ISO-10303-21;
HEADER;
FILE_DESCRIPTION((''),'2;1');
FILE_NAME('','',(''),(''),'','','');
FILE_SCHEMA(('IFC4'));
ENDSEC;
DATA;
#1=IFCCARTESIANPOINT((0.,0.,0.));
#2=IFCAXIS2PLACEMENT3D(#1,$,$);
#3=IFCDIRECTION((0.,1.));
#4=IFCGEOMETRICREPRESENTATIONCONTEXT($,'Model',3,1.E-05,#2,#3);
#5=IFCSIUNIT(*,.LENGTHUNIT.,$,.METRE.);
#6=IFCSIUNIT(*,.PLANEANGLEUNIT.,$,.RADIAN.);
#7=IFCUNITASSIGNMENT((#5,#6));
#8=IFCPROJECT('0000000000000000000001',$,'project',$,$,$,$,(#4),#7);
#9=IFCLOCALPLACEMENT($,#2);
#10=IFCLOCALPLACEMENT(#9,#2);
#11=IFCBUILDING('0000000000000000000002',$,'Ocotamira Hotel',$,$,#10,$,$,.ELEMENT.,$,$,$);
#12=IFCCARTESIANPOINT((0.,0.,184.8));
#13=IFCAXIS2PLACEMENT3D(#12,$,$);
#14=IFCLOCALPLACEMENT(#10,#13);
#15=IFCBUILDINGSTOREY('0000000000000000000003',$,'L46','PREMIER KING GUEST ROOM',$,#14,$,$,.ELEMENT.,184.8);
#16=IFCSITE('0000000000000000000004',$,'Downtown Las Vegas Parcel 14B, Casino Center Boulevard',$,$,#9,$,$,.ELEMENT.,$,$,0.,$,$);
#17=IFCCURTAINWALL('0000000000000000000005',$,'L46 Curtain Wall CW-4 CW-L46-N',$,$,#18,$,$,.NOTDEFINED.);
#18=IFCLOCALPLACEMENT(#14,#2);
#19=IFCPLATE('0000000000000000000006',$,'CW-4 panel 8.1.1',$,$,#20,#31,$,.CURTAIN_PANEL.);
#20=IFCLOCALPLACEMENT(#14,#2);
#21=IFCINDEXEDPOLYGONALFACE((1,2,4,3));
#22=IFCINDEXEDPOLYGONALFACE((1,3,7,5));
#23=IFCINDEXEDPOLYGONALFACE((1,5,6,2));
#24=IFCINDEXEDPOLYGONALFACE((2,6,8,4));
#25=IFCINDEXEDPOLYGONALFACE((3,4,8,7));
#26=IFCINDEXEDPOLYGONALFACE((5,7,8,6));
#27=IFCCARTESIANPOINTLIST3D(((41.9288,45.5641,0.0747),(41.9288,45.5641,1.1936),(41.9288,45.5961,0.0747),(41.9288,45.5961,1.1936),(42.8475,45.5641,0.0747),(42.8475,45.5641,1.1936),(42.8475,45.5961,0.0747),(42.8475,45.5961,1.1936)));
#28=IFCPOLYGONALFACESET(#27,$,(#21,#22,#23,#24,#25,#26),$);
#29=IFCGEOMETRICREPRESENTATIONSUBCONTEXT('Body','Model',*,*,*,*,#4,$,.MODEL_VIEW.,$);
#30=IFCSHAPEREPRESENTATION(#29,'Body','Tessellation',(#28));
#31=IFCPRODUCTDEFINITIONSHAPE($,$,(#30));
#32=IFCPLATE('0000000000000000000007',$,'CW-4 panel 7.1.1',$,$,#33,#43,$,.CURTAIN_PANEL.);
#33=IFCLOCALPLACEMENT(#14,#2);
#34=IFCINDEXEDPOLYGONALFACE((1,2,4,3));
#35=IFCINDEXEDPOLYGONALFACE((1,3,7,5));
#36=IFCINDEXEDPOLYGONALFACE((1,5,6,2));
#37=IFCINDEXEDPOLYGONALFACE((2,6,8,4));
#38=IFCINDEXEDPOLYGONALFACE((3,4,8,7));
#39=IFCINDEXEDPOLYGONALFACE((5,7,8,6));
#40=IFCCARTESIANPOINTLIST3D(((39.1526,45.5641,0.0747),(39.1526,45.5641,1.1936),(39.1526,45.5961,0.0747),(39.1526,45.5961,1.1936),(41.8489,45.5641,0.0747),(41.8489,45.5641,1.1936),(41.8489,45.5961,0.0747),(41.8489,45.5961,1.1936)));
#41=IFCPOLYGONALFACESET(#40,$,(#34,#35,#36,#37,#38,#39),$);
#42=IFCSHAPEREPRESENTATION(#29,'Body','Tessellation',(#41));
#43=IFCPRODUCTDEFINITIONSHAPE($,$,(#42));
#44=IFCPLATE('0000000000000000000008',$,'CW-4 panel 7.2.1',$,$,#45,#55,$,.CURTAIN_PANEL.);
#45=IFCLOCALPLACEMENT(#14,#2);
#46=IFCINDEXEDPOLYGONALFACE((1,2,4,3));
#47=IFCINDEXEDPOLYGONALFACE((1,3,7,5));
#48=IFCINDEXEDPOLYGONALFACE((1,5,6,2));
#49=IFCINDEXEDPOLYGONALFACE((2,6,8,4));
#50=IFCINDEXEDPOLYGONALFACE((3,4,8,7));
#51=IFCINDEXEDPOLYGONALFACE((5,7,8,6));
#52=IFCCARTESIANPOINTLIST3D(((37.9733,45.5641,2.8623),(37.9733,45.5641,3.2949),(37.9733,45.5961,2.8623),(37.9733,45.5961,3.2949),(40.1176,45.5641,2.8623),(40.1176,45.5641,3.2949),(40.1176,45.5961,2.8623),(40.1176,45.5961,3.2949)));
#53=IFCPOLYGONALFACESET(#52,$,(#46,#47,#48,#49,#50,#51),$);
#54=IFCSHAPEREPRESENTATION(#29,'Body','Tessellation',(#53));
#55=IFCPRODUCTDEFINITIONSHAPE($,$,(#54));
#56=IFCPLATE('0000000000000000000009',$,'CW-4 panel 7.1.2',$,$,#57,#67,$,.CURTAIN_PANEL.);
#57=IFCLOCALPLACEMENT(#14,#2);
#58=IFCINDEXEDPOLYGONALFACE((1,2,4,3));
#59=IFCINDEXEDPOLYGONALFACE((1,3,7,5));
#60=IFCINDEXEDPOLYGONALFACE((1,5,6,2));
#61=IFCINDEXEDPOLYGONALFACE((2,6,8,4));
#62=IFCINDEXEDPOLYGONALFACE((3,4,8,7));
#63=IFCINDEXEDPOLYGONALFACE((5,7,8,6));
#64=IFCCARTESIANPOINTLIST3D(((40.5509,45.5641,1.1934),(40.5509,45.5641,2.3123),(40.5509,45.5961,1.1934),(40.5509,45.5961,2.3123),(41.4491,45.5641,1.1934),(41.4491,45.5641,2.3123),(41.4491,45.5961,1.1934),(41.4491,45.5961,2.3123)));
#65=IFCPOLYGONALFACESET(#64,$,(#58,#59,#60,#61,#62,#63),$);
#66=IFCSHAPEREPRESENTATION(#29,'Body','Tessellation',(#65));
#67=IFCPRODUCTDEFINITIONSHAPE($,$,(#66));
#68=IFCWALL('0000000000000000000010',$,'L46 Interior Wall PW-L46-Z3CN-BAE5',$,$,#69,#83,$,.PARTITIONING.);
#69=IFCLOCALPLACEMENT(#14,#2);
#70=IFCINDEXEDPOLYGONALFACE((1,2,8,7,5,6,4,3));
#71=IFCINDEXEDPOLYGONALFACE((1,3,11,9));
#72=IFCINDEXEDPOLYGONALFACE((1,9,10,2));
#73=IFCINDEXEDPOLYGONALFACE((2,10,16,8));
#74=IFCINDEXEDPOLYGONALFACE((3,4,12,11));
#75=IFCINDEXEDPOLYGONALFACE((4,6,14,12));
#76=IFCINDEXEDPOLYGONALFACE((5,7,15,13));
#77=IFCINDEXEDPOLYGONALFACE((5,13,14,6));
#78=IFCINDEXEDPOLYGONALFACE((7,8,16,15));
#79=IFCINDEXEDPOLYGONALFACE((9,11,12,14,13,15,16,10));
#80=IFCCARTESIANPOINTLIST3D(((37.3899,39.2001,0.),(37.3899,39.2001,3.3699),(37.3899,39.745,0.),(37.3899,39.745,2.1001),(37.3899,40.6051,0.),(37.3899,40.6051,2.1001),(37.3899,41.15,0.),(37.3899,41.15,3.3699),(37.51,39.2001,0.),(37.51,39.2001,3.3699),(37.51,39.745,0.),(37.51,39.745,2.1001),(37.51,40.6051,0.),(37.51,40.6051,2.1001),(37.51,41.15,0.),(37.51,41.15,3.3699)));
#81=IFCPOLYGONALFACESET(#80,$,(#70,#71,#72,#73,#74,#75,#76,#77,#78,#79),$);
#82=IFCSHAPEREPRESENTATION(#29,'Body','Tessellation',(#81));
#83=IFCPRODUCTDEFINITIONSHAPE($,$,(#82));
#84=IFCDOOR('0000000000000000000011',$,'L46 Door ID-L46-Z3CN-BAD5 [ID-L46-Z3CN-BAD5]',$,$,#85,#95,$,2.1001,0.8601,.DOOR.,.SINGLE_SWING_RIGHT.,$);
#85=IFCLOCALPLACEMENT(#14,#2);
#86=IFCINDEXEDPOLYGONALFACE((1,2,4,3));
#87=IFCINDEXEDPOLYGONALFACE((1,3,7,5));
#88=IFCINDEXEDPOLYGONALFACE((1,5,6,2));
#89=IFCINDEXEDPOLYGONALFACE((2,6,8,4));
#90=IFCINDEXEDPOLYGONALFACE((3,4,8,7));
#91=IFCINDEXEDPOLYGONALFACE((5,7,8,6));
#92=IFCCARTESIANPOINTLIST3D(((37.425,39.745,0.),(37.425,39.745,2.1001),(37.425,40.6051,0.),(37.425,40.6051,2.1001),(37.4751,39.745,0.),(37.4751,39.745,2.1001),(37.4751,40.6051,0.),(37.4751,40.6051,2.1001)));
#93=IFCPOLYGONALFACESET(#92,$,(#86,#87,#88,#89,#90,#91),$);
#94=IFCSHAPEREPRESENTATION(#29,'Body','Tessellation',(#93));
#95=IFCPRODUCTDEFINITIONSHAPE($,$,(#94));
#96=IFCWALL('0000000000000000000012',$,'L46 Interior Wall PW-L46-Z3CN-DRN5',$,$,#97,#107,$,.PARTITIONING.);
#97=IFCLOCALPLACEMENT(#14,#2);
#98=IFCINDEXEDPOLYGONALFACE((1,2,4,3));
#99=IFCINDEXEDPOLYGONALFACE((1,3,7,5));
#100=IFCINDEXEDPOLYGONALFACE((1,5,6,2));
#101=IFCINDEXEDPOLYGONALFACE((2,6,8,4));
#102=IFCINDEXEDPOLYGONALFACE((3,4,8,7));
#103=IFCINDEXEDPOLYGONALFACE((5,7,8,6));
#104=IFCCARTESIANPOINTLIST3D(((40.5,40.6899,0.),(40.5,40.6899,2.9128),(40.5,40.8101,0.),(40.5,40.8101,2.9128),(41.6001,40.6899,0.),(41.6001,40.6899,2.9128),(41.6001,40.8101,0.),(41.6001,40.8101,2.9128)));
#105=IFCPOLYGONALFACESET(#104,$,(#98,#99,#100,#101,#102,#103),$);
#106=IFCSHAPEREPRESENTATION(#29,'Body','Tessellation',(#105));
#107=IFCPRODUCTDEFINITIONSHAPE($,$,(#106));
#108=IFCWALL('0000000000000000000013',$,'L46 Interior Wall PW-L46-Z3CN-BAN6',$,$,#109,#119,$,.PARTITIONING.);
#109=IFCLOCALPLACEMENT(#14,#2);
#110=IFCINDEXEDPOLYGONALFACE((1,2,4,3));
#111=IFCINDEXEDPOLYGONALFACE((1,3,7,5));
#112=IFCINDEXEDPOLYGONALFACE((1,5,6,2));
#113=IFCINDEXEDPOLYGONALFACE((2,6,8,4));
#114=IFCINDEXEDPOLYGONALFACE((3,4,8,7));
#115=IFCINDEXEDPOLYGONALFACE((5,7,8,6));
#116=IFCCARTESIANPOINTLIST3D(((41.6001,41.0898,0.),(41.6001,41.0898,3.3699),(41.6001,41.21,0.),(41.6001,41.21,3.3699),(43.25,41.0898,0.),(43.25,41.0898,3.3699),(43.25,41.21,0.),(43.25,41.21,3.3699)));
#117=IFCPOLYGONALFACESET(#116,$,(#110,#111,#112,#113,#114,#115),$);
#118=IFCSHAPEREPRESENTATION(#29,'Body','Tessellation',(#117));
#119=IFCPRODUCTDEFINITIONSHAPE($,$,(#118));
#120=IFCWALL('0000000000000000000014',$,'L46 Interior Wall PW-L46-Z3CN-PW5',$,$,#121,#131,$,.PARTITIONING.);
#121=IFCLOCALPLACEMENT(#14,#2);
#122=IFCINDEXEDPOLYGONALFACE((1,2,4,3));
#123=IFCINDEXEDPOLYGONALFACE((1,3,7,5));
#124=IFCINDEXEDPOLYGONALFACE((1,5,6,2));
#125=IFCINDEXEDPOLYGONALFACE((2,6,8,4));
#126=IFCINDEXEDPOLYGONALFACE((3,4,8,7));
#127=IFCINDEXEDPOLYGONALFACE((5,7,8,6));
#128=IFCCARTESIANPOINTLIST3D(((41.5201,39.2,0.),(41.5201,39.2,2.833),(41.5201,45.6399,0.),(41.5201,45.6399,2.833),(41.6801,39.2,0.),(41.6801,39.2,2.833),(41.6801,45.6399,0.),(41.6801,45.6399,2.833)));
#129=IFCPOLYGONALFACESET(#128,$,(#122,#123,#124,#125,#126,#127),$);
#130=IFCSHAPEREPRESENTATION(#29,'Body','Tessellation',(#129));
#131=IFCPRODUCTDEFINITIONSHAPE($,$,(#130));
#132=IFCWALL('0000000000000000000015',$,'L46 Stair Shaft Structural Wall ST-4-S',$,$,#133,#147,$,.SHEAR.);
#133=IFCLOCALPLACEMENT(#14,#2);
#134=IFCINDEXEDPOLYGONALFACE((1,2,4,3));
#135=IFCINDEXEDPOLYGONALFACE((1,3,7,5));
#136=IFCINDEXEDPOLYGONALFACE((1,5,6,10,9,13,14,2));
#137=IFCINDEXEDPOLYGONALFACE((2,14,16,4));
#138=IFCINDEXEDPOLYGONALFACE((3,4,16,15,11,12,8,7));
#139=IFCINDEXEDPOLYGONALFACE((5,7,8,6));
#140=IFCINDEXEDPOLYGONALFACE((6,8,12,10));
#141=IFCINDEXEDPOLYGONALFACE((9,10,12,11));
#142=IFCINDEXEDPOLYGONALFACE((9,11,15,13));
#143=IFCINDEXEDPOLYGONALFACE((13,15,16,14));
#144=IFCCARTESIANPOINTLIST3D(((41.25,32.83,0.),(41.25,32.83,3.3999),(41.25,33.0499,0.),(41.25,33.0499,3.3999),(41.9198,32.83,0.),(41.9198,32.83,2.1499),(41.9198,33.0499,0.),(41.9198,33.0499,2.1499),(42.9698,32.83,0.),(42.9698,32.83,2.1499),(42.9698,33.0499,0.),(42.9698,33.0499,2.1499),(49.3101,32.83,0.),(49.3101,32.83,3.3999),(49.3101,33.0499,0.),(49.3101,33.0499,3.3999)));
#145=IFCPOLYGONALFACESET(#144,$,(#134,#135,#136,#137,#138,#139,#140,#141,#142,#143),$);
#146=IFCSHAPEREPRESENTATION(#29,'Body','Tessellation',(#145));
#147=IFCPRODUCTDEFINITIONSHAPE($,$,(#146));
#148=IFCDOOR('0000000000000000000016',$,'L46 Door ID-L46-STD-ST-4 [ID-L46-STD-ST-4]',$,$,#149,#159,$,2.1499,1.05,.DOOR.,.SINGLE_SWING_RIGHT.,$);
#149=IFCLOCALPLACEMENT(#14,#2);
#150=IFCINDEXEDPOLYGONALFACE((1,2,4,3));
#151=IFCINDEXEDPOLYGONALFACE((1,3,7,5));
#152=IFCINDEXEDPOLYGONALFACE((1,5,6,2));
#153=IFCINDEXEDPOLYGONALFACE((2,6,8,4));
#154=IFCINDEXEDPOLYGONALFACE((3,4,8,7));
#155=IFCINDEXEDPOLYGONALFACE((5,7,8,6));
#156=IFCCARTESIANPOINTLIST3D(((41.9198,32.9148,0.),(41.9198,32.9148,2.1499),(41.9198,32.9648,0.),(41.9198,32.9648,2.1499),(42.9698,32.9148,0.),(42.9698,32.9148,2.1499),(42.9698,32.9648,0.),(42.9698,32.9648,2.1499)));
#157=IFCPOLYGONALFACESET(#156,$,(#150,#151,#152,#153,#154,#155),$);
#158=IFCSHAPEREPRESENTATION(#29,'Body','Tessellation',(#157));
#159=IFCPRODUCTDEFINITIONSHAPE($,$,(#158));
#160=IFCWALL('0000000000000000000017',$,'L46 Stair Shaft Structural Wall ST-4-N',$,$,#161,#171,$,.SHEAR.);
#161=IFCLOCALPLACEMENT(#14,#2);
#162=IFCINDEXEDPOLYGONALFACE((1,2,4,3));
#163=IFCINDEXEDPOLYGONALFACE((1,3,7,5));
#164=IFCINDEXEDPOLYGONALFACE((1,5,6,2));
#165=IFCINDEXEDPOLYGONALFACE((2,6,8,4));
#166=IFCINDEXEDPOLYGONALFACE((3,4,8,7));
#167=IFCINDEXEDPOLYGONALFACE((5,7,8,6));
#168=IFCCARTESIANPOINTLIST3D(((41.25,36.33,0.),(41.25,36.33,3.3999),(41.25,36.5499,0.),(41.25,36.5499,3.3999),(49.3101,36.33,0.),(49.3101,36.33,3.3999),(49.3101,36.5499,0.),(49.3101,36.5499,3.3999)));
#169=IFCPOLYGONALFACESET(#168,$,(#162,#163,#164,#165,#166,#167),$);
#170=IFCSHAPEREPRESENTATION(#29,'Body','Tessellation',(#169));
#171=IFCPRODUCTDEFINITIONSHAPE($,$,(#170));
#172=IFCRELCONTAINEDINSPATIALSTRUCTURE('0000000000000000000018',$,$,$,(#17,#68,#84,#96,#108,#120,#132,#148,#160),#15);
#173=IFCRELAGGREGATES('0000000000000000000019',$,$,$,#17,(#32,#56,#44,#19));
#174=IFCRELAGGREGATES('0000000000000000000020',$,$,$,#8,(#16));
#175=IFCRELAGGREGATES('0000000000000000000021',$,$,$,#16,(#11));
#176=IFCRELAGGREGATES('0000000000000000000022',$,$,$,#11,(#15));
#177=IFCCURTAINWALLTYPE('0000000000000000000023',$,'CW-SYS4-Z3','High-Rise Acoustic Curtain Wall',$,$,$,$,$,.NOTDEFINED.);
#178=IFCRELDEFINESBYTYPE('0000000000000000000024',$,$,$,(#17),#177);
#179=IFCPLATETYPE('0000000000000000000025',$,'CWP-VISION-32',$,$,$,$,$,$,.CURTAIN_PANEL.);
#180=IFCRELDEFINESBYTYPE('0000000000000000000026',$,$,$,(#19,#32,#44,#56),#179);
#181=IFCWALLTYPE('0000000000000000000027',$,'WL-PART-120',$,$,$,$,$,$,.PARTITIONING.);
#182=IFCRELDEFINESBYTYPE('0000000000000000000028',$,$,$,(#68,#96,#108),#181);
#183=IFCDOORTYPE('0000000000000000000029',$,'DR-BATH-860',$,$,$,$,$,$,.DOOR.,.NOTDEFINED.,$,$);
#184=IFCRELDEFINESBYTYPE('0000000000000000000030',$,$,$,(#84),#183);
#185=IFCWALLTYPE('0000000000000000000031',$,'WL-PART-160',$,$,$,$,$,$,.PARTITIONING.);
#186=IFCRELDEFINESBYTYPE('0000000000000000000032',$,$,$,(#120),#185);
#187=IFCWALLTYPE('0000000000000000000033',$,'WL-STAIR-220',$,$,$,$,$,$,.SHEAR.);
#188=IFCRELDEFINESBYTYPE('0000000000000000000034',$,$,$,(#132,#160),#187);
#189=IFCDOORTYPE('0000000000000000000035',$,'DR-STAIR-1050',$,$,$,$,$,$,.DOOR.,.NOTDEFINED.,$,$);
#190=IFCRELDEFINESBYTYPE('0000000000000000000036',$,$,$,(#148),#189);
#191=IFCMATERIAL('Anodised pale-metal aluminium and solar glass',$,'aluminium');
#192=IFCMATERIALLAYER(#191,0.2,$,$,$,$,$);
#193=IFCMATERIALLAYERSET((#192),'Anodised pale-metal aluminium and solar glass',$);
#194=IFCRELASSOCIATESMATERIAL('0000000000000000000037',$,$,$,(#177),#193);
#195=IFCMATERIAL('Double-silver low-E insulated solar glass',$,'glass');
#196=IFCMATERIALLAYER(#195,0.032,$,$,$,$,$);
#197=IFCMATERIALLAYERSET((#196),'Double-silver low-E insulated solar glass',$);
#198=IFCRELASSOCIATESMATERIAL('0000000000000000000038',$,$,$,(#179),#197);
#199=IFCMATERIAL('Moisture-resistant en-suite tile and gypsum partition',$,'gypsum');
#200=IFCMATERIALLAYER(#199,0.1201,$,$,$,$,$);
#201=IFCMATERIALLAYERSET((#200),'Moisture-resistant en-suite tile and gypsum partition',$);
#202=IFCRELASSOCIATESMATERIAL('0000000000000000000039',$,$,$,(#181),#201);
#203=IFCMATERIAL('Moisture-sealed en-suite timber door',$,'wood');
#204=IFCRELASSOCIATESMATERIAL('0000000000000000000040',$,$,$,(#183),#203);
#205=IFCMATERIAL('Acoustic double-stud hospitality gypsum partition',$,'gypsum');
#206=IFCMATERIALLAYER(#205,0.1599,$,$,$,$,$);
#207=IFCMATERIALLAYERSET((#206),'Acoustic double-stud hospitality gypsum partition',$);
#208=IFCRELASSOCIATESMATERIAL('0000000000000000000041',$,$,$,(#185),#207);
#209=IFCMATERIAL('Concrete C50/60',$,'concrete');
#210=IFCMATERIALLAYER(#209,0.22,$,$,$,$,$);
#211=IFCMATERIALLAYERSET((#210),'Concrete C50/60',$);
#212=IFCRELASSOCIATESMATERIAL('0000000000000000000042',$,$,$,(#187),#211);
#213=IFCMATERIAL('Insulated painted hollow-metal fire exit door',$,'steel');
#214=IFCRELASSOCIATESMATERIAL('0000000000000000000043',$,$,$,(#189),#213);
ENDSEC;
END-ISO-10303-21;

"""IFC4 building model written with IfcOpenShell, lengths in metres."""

from ifc_helpers import new_model, si_unit, direction, frame, frame_2d, origin, origin_2d, place, context, subcontext, project, spatial, rectangle, extrude, source, transform, mapped, material, layer, layer_set, type_object, element, fill, aggregate, save


model = new_model("IFC4")

# Units and contexts
model_context = context("Model", 3, precision=1e-05, world=origin(), true_north=direction((0.0, 1.0)))
body_context = subcontext(model_context, "Body", "Model", "MODEL_VIEW")
ifc_project = project(units=[si_unit("LENGTHUNIT", "METRE"), si_unit("PLANEANGLEUNIT", "RADIAN")], contexts=[model_context])

# Site, building, storey
site_placement = place(None, origin())
site = spatial("IfcSite", under=ifc_project, at=site_placement, Name="Downtown Las Vegas Parcel 14B, Casino Center Boulevard", CompositionType="ELEMENT", RefElevation=0.0)
building_placement = place(site_placement, origin())
building = spatial("IfcBuilding", under=site, at=building_placement, Name="Ocotamira Hotel", CompositionType="ELEMENT")
storey_placement = place(building_placement, frame((0.0, 0.0, 184.8)))
storey = spatial("IfcBuildingStorey", under=building, at=storey_placement, Name="L46", Description="PREMIER KING GUEST ROOM", CompositionType="ELEMENT", Elevation=184.8)

# Shared definitions
ifc_material_1 = material(Name="Concrete C50/60", Category="concrete")

# Curtain wall
ifc_material_2 = material(Name="Anodised pale-metal aluminium and solar glass", Category="aluminium")
ifc_layer_1 = layer(ifc_material_2, 0.2)
ifc_layer_set_1 = layer_set([ifc_layer_1], Name="Anodised pale-metal aluminium and solar glass")
curtain_wall_type = type_object("IfcCurtainWallType", Name="CW-SYS4-Z3", Description="High-Rise Acoustic Curtain Wall", PredefinedType="NOTDEFINED", material=ifc_layer_set_1)
curtain_wall_placement = place(storey_placement, origin())
curtain_wall = element("IfcCurtainWall", 1, at=curtain_wall_placement, inside=storey, type_object=curtain_wall_type, Name="L46 Curtain Wall CW-4 CW-L46-N", PredefinedType="NOTDEFINED")

# Plates
ifc_material_3 = material(Name="Double-silver low-E insulated solar glass", Category="glass")
ifc_layer_2 = layer(ifc_material_3, 0.032)
ifc_layer_set_2 = layer_set([ifc_layer_2], Name="Double-silver low-E insulated solar glass")
plate_type_1 = type_object("IfcPlateType", Name="CWP-VISION-32", PredefinedType="CURTAIN_PANEL", material=ifc_layer_set_2)
shared_shape_1 = source(origin(), body_context, "Body", "SweptSolid", [
    extrude(rectangle(XDim=0.9187, YDim=0.032, at=origin_2d()), origin(), (0.0, 0.0, 1.0), 1.1189),
])
plate_1_placement = place(storey_placement, frame((42.3882, 45.5801, 0.0747), z_axis=(0.0, 0.0, 1.0), x_axis=(1.0, 0.0, 0.0)))
plate_1 = element("IfcPlate", 2, at=plate_1_placement, type_object=plate_type_1, Name="CW-4 panel 8.1.1", PredefinedType="CURTAIN_PANEL", context=body_context, shape_type="MappedRepresentation", body=[
    mapped(shared_shape_1, transform((0.0, 0.0, 0.0), scale=1.0)),
])
shared_shape_2 = source(origin(), body_context, "Body", "SweptSolid", [
    extrude(rectangle(XDim=2.6963, YDim=0.032, at=origin_2d()), origin(), (0.0, 0.0, 1.0), 1.1189),
])
plate_2_placement = place(storey_placement, frame((40.5007, 45.5801, 0.0747), z_axis=(0.0, 0.0, 1.0), x_axis=(1.0, 0.0, 0.0)))
plate_2 = element("IfcPlate", 3, at=plate_2_placement, type_object=plate_type_1, Name="CW-4 panel 7.1.1", PredefinedType="CURTAIN_PANEL", context=body_context, shape_type="MappedRepresentation", body=[
    mapped(shared_shape_2, transform((0.0, 0.0, 0.0), scale=1.0)),
])
shared_shape_3 = source(origin(), body_context, "Body", "SweptSolid", [
    extrude(rectangle(XDim=2.1443, YDim=0.032, at=origin_2d()), origin(), (0.0, 0.0, 1.0), 0.4326),
])
plate_3_placement = place(storey_placement, frame((39.0454, 45.5801, 2.8623), z_axis=(0.0, 0.0, 1.0), x_axis=(1.0, 0.0, 0.0)))
plate_3 = element("IfcPlate", 4, at=plate_3_placement, type_object=plate_type_1, Name="CW-4 panel 7.2.1", PredefinedType="CURTAIN_PANEL", context=body_context, shape_type="MappedRepresentation", body=[
    mapped(shared_shape_3, transform((0.0, 0.0, 0.0), scale=1.0)),
])
shared_shape_4 = source(origin(), body_context, "Body", "SweptSolid", [
    extrude(rectangle(XDim=0.8982, YDim=0.032, at=origin_2d()), origin(), (0.0, 0.0, 1.0), 1.1189),
])
plate_4_placement = place(storey_placement, frame((41.0, 45.5801, 1.1934), z_axis=(0.0, 0.0, 1.0), x_axis=(1.0, 0.0, 0.0)))
plate_4 = element("IfcPlate", 5, at=plate_4_placement, type_object=plate_type_1, Name="CW-4 panel 7.1.2", PredefinedType="CURTAIN_PANEL", context=body_context, shape_type="MappedRepresentation", body=[
    mapped(shared_shape_4, transform((0.0, 0.0, 0.0), scale=1.0)),
])
aggregate(curtain_wall, [plate_2, plate_4, plate_3, plate_1])

# Wall, opening, door
ifc_material_4 = material(Name="Moisture-resistant en-suite tile and gypsum partition", Category="gypsum")
ifc_layer_3 = layer(ifc_material_4, 0.1201)
ifc_layer_set_3 = layer_set([ifc_layer_3], Name="Moisture-resistant en-suite tile and gypsum partition")
wall_type_1 = type_object("IfcWallType", Name="WL-PART-120", PredefinedType="PARTITIONING", material=ifc_layer_set_3)
wall_1_placement = place(storey_placement, frame((37.45, 39.2, 0.0), z_axis=(0.0, 0.0, 1.0), x_axis=(0.0, 1.0, 0.0)))
wall_1 = element("IfcWall", 6, at=wall_1_placement, inside=storey, type_object=wall_type_1, Name="L46 Interior Wall PW-L46-Z3CN-BAE5", PredefinedType="PARTITIONING", context=body_context, shape_type="SweptSolid", body=[
    extrude(rectangle(XDim=1.95, YDim=0.1201, at=frame_2d((0.9751, 0.0))), origin(), (0.0, 0.0, 1.0), 3.3699),
])
opening_1_placement = place(wall_1_placement, frame((0.5449, 0.0, 0.0)))
opening_1 = element("IfcOpeningElement", 7, at=opening_1_placement, cuts=wall_1, PredefinedType="OPENING", context=body_context, shape_type="SweptSolid", body=[
    extrude(rectangle(XDim=0.8601, YDim=2.1001, at=frame_2d((0.4302, 1.05))), frame((0.0, 0.0701, 0.0), z_axis=(0.0, -1.0, 0.0), x_axis=(1.0, 0.0, 0.0)), (0.0, 0.0, 1.0), 0.1401),
])
ifc_material_5 = material(Name="Moisture-sealed en-suite timber door", Category="wood")
door_type_1 = type_object("IfcDoorType", Name="DR-BATH-860", OperationType="NOTDEFINED", PredefinedType="DOOR", material=ifc_material_5)
shared_shape_5 = source(origin(), body_context, "Body", "SweptSolid", [
    extrude(rectangle(XDim=0.8601, YDim=2.1001, at=frame_2d((0.4302, 1.05))), frame((0.0, 0.0249, 0.0), z_axis=(0.0, -1.0, 0.0), x_axis=(1.0, 0.0, 0.0)), (0.0, 0.0, 1.0), 0.05),
])
door_1_placement = place(opening_1_placement, origin())
door_1 = element("IfcDoor", 8, at=door_1_placement, inside=storey, type_object=door_type_1, Name="L46 Door ID-L46-Z3CN-BAD5 [ID-L46-Z3CN-BAD5]", OperationType="SINGLE_SWING_RIGHT", OverallHeight=2.1001, OverallWidth=0.8601, PredefinedType="DOOR", context=body_context, shape_type="MappedRepresentation", body=[
    mapped(shared_shape_5, transform((0.0, 0.0, 0.0), scale=1.0)),
])
fill(opening_1, door_1)

# Walls
wall_2_placement = place(storey_placement, frame((40.5, 40.75, 0.0), z_axis=(0.0, 0.0, 1.0), x_axis=(1.0, 0.0, 0.0)))
element("IfcWall", 9, at=wall_2_placement, inside=storey, type_object=wall_type_1, Name="L46 Interior Wall PW-L46-Z3CN-DRN5", PredefinedType="PARTITIONING", context=body_context, shape_type="SweptSolid", body=[
    extrude(rectangle(XDim=1.1001, YDim=0.1201, at=frame_2d((0.55, 0.0))), origin(), (0.0, 0.0, 1.0), 2.9128),
])
wall_3_placement = place(storey_placement, frame((41.6001, 41.1499, 0.0), z_axis=(0.0, 0.0, 1.0), x_axis=(1.0, 0.0, 0.0)))
element("IfcWall", 10, at=wall_3_placement, inside=storey, type_object=wall_type_1, Name="L46 Interior Wall PW-L46-Z3CN-BAN6", PredefinedType="PARTITIONING", context=body_context, shape_type="SweptSolid", body=[
    extrude(rectangle(XDim=1.6499, YDim=0.1201, at=frame_2d((0.825, 0.0))), origin(), (0.0, 0.0, 1.0), 3.3699),
])
ifc_material_6 = material(Name="Acoustic double-stud hospitality gypsum partition", Category="gypsum")
ifc_layer_4 = layer(ifc_material_6, 0.1599)
ifc_layer_set_4 = layer_set([ifc_layer_4], Name="Acoustic double-stud hospitality gypsum partition")
wall_type_2 = type_object("IfcWallType", Name="WL-PART-160", PredefinedType="PARTITIONING", material=ifc_layer_set_4)
wall_4_placement = place(storey_placement, frame((41.6001, 39.2, 0.0), z_axis=(0.0, 0.0, 1.0), x_axis=(0.0, 1.0, 0.0)))
element("IfcWall", 11, at=wall_4_placement, inside=storey, type_object=wall_type_2, Name="L46 Interior Wall PW-L46-Z3CN-PW5", PredefinedType="PARTITIONING", context=body_context, shape_type="SweptSolid", body=[
    extrude(rectangle(XDim=6.4399, YDim=0.1599, at=frame_2d((3.22, 0.0))), origin(), (0.0, 0.0, 1.0), 2.833),
])

# Wall, opening, door
ifc_layer_5 = layer(ifc_material_1, 0.22)
ifc_layer_set_5 = layer_set([ifc_layer_5], Name="Concrete C50/60")
wall_type_3 = type_object("IfcWallType", Name="WL-STAIR-220", PredefinedType="SHEAR", material=ifc_layer_set_5)
wall_5_placement = place(storey_placement, frame((41.25, 32.9399, 0.0), z_axis=(0.0, 0.0, 1.0), x_axis=(1.0, 0.0, 0.0)))
wall_5 = element("IfcWall", 12, at=wall_5_placement, inside=storey, type_object=wall_type_3, Name="L46 Stair Shaft Structural Wall ST-4-S", PredefinedType="SHEAR", context=body_context, shape_type="SweptSolid", body=[
    extrude(rectangle(XDim=8.0601, YDim=0.22, at=frame_2d((4.03, 0.0))), origin(), (0.0, 0.0, 1.0), 3.3999),
])
opening_2_placement = place(wall_5_placement, frame((0.6699, 0.0, 0.0)))
opening_2 = element("IfcOpeningElement", 13, at=opening_2_placement, cuts=wall_5, PredefinedType="OPENING", context=body_context, shape_type="SweptSolid", body=[
    extrude(rectangle(XDim=1.05, YDim=2.1499, at=frame_2d((0.5249, 1.075))), frame((0.0, 0.1201, 0.0), z_axis=(0.0, -1.0, 0.0), x_axis=(1.0, 0.0, 0.0)), (0.0, 0.0, 1.0), 0.24),
])
ifc_material_7 = material(Name="Insulated painted hollow-metal fire exit door", Category="steel")
door_type_2 = type_object("IfcDoorType", Name="DR-STAIR-1050", OperationType="NOTDEFINED", PredefinedType="DOOR", material=ifc_material_7)
shared_shape_6 = source(origin(), body_context, "Body", "SweptSolid", [
    extrude(rectangle(XDim=1.05, YDim=2.1499, at=frame_2d((0.5249, 1.075))), frame((0.0, 0.0249, 0.0), z_axis=(0.0, -1.0, 0.0), x_axis=(1.0, 0.0, 0.0)), (0.0, 0.0, 1.0), 0.05),
])
door_2_placement = place(opening_2_placement, origin())
door_2 = element("IfcDoor", 14, at=door_2_placement, inside=storey, type_object=door_type_2, Name="L46 Door ID-L46-STD-ST-4 [ID-L46-STD-ST-4]", OperationType="SINGLE_SWING_RIGHT", OverallHeight=2.1499, OverallWidth=1.05, PredefinedType="DOOR", context=body_context, shape_type="MappedRepresentation", body=[
    mapped(shared_shape_6, transform((0.0, 0.0, 0.0), scale=1.0)),
])
fill(opening_2, door_2)

# Wall
wall_6_placement = place(storey_placement, frame((41.25, 36.4399, 0.0), z_axis=(0.0, 0.0, 1.0), x_axis=(1.0, 0.0, 0.0)))
element("IfcWall", 15, at=wall_6_placement, inside=storey, type_object=wall_type_3, Name="L46 Stair Shaft Structural Wall ST-4-N", PredefinedType="SHEAR", context=body_context, shape_type="SweptSolid", body=[
    extrude(rectangle(XDim=8.0601, YDim=0.22, at=frame_2d((4.03, 0.0))), origin(), (0.0, 0.0, 1.0), 3.3999),
])

save(model, "model.ifc")
